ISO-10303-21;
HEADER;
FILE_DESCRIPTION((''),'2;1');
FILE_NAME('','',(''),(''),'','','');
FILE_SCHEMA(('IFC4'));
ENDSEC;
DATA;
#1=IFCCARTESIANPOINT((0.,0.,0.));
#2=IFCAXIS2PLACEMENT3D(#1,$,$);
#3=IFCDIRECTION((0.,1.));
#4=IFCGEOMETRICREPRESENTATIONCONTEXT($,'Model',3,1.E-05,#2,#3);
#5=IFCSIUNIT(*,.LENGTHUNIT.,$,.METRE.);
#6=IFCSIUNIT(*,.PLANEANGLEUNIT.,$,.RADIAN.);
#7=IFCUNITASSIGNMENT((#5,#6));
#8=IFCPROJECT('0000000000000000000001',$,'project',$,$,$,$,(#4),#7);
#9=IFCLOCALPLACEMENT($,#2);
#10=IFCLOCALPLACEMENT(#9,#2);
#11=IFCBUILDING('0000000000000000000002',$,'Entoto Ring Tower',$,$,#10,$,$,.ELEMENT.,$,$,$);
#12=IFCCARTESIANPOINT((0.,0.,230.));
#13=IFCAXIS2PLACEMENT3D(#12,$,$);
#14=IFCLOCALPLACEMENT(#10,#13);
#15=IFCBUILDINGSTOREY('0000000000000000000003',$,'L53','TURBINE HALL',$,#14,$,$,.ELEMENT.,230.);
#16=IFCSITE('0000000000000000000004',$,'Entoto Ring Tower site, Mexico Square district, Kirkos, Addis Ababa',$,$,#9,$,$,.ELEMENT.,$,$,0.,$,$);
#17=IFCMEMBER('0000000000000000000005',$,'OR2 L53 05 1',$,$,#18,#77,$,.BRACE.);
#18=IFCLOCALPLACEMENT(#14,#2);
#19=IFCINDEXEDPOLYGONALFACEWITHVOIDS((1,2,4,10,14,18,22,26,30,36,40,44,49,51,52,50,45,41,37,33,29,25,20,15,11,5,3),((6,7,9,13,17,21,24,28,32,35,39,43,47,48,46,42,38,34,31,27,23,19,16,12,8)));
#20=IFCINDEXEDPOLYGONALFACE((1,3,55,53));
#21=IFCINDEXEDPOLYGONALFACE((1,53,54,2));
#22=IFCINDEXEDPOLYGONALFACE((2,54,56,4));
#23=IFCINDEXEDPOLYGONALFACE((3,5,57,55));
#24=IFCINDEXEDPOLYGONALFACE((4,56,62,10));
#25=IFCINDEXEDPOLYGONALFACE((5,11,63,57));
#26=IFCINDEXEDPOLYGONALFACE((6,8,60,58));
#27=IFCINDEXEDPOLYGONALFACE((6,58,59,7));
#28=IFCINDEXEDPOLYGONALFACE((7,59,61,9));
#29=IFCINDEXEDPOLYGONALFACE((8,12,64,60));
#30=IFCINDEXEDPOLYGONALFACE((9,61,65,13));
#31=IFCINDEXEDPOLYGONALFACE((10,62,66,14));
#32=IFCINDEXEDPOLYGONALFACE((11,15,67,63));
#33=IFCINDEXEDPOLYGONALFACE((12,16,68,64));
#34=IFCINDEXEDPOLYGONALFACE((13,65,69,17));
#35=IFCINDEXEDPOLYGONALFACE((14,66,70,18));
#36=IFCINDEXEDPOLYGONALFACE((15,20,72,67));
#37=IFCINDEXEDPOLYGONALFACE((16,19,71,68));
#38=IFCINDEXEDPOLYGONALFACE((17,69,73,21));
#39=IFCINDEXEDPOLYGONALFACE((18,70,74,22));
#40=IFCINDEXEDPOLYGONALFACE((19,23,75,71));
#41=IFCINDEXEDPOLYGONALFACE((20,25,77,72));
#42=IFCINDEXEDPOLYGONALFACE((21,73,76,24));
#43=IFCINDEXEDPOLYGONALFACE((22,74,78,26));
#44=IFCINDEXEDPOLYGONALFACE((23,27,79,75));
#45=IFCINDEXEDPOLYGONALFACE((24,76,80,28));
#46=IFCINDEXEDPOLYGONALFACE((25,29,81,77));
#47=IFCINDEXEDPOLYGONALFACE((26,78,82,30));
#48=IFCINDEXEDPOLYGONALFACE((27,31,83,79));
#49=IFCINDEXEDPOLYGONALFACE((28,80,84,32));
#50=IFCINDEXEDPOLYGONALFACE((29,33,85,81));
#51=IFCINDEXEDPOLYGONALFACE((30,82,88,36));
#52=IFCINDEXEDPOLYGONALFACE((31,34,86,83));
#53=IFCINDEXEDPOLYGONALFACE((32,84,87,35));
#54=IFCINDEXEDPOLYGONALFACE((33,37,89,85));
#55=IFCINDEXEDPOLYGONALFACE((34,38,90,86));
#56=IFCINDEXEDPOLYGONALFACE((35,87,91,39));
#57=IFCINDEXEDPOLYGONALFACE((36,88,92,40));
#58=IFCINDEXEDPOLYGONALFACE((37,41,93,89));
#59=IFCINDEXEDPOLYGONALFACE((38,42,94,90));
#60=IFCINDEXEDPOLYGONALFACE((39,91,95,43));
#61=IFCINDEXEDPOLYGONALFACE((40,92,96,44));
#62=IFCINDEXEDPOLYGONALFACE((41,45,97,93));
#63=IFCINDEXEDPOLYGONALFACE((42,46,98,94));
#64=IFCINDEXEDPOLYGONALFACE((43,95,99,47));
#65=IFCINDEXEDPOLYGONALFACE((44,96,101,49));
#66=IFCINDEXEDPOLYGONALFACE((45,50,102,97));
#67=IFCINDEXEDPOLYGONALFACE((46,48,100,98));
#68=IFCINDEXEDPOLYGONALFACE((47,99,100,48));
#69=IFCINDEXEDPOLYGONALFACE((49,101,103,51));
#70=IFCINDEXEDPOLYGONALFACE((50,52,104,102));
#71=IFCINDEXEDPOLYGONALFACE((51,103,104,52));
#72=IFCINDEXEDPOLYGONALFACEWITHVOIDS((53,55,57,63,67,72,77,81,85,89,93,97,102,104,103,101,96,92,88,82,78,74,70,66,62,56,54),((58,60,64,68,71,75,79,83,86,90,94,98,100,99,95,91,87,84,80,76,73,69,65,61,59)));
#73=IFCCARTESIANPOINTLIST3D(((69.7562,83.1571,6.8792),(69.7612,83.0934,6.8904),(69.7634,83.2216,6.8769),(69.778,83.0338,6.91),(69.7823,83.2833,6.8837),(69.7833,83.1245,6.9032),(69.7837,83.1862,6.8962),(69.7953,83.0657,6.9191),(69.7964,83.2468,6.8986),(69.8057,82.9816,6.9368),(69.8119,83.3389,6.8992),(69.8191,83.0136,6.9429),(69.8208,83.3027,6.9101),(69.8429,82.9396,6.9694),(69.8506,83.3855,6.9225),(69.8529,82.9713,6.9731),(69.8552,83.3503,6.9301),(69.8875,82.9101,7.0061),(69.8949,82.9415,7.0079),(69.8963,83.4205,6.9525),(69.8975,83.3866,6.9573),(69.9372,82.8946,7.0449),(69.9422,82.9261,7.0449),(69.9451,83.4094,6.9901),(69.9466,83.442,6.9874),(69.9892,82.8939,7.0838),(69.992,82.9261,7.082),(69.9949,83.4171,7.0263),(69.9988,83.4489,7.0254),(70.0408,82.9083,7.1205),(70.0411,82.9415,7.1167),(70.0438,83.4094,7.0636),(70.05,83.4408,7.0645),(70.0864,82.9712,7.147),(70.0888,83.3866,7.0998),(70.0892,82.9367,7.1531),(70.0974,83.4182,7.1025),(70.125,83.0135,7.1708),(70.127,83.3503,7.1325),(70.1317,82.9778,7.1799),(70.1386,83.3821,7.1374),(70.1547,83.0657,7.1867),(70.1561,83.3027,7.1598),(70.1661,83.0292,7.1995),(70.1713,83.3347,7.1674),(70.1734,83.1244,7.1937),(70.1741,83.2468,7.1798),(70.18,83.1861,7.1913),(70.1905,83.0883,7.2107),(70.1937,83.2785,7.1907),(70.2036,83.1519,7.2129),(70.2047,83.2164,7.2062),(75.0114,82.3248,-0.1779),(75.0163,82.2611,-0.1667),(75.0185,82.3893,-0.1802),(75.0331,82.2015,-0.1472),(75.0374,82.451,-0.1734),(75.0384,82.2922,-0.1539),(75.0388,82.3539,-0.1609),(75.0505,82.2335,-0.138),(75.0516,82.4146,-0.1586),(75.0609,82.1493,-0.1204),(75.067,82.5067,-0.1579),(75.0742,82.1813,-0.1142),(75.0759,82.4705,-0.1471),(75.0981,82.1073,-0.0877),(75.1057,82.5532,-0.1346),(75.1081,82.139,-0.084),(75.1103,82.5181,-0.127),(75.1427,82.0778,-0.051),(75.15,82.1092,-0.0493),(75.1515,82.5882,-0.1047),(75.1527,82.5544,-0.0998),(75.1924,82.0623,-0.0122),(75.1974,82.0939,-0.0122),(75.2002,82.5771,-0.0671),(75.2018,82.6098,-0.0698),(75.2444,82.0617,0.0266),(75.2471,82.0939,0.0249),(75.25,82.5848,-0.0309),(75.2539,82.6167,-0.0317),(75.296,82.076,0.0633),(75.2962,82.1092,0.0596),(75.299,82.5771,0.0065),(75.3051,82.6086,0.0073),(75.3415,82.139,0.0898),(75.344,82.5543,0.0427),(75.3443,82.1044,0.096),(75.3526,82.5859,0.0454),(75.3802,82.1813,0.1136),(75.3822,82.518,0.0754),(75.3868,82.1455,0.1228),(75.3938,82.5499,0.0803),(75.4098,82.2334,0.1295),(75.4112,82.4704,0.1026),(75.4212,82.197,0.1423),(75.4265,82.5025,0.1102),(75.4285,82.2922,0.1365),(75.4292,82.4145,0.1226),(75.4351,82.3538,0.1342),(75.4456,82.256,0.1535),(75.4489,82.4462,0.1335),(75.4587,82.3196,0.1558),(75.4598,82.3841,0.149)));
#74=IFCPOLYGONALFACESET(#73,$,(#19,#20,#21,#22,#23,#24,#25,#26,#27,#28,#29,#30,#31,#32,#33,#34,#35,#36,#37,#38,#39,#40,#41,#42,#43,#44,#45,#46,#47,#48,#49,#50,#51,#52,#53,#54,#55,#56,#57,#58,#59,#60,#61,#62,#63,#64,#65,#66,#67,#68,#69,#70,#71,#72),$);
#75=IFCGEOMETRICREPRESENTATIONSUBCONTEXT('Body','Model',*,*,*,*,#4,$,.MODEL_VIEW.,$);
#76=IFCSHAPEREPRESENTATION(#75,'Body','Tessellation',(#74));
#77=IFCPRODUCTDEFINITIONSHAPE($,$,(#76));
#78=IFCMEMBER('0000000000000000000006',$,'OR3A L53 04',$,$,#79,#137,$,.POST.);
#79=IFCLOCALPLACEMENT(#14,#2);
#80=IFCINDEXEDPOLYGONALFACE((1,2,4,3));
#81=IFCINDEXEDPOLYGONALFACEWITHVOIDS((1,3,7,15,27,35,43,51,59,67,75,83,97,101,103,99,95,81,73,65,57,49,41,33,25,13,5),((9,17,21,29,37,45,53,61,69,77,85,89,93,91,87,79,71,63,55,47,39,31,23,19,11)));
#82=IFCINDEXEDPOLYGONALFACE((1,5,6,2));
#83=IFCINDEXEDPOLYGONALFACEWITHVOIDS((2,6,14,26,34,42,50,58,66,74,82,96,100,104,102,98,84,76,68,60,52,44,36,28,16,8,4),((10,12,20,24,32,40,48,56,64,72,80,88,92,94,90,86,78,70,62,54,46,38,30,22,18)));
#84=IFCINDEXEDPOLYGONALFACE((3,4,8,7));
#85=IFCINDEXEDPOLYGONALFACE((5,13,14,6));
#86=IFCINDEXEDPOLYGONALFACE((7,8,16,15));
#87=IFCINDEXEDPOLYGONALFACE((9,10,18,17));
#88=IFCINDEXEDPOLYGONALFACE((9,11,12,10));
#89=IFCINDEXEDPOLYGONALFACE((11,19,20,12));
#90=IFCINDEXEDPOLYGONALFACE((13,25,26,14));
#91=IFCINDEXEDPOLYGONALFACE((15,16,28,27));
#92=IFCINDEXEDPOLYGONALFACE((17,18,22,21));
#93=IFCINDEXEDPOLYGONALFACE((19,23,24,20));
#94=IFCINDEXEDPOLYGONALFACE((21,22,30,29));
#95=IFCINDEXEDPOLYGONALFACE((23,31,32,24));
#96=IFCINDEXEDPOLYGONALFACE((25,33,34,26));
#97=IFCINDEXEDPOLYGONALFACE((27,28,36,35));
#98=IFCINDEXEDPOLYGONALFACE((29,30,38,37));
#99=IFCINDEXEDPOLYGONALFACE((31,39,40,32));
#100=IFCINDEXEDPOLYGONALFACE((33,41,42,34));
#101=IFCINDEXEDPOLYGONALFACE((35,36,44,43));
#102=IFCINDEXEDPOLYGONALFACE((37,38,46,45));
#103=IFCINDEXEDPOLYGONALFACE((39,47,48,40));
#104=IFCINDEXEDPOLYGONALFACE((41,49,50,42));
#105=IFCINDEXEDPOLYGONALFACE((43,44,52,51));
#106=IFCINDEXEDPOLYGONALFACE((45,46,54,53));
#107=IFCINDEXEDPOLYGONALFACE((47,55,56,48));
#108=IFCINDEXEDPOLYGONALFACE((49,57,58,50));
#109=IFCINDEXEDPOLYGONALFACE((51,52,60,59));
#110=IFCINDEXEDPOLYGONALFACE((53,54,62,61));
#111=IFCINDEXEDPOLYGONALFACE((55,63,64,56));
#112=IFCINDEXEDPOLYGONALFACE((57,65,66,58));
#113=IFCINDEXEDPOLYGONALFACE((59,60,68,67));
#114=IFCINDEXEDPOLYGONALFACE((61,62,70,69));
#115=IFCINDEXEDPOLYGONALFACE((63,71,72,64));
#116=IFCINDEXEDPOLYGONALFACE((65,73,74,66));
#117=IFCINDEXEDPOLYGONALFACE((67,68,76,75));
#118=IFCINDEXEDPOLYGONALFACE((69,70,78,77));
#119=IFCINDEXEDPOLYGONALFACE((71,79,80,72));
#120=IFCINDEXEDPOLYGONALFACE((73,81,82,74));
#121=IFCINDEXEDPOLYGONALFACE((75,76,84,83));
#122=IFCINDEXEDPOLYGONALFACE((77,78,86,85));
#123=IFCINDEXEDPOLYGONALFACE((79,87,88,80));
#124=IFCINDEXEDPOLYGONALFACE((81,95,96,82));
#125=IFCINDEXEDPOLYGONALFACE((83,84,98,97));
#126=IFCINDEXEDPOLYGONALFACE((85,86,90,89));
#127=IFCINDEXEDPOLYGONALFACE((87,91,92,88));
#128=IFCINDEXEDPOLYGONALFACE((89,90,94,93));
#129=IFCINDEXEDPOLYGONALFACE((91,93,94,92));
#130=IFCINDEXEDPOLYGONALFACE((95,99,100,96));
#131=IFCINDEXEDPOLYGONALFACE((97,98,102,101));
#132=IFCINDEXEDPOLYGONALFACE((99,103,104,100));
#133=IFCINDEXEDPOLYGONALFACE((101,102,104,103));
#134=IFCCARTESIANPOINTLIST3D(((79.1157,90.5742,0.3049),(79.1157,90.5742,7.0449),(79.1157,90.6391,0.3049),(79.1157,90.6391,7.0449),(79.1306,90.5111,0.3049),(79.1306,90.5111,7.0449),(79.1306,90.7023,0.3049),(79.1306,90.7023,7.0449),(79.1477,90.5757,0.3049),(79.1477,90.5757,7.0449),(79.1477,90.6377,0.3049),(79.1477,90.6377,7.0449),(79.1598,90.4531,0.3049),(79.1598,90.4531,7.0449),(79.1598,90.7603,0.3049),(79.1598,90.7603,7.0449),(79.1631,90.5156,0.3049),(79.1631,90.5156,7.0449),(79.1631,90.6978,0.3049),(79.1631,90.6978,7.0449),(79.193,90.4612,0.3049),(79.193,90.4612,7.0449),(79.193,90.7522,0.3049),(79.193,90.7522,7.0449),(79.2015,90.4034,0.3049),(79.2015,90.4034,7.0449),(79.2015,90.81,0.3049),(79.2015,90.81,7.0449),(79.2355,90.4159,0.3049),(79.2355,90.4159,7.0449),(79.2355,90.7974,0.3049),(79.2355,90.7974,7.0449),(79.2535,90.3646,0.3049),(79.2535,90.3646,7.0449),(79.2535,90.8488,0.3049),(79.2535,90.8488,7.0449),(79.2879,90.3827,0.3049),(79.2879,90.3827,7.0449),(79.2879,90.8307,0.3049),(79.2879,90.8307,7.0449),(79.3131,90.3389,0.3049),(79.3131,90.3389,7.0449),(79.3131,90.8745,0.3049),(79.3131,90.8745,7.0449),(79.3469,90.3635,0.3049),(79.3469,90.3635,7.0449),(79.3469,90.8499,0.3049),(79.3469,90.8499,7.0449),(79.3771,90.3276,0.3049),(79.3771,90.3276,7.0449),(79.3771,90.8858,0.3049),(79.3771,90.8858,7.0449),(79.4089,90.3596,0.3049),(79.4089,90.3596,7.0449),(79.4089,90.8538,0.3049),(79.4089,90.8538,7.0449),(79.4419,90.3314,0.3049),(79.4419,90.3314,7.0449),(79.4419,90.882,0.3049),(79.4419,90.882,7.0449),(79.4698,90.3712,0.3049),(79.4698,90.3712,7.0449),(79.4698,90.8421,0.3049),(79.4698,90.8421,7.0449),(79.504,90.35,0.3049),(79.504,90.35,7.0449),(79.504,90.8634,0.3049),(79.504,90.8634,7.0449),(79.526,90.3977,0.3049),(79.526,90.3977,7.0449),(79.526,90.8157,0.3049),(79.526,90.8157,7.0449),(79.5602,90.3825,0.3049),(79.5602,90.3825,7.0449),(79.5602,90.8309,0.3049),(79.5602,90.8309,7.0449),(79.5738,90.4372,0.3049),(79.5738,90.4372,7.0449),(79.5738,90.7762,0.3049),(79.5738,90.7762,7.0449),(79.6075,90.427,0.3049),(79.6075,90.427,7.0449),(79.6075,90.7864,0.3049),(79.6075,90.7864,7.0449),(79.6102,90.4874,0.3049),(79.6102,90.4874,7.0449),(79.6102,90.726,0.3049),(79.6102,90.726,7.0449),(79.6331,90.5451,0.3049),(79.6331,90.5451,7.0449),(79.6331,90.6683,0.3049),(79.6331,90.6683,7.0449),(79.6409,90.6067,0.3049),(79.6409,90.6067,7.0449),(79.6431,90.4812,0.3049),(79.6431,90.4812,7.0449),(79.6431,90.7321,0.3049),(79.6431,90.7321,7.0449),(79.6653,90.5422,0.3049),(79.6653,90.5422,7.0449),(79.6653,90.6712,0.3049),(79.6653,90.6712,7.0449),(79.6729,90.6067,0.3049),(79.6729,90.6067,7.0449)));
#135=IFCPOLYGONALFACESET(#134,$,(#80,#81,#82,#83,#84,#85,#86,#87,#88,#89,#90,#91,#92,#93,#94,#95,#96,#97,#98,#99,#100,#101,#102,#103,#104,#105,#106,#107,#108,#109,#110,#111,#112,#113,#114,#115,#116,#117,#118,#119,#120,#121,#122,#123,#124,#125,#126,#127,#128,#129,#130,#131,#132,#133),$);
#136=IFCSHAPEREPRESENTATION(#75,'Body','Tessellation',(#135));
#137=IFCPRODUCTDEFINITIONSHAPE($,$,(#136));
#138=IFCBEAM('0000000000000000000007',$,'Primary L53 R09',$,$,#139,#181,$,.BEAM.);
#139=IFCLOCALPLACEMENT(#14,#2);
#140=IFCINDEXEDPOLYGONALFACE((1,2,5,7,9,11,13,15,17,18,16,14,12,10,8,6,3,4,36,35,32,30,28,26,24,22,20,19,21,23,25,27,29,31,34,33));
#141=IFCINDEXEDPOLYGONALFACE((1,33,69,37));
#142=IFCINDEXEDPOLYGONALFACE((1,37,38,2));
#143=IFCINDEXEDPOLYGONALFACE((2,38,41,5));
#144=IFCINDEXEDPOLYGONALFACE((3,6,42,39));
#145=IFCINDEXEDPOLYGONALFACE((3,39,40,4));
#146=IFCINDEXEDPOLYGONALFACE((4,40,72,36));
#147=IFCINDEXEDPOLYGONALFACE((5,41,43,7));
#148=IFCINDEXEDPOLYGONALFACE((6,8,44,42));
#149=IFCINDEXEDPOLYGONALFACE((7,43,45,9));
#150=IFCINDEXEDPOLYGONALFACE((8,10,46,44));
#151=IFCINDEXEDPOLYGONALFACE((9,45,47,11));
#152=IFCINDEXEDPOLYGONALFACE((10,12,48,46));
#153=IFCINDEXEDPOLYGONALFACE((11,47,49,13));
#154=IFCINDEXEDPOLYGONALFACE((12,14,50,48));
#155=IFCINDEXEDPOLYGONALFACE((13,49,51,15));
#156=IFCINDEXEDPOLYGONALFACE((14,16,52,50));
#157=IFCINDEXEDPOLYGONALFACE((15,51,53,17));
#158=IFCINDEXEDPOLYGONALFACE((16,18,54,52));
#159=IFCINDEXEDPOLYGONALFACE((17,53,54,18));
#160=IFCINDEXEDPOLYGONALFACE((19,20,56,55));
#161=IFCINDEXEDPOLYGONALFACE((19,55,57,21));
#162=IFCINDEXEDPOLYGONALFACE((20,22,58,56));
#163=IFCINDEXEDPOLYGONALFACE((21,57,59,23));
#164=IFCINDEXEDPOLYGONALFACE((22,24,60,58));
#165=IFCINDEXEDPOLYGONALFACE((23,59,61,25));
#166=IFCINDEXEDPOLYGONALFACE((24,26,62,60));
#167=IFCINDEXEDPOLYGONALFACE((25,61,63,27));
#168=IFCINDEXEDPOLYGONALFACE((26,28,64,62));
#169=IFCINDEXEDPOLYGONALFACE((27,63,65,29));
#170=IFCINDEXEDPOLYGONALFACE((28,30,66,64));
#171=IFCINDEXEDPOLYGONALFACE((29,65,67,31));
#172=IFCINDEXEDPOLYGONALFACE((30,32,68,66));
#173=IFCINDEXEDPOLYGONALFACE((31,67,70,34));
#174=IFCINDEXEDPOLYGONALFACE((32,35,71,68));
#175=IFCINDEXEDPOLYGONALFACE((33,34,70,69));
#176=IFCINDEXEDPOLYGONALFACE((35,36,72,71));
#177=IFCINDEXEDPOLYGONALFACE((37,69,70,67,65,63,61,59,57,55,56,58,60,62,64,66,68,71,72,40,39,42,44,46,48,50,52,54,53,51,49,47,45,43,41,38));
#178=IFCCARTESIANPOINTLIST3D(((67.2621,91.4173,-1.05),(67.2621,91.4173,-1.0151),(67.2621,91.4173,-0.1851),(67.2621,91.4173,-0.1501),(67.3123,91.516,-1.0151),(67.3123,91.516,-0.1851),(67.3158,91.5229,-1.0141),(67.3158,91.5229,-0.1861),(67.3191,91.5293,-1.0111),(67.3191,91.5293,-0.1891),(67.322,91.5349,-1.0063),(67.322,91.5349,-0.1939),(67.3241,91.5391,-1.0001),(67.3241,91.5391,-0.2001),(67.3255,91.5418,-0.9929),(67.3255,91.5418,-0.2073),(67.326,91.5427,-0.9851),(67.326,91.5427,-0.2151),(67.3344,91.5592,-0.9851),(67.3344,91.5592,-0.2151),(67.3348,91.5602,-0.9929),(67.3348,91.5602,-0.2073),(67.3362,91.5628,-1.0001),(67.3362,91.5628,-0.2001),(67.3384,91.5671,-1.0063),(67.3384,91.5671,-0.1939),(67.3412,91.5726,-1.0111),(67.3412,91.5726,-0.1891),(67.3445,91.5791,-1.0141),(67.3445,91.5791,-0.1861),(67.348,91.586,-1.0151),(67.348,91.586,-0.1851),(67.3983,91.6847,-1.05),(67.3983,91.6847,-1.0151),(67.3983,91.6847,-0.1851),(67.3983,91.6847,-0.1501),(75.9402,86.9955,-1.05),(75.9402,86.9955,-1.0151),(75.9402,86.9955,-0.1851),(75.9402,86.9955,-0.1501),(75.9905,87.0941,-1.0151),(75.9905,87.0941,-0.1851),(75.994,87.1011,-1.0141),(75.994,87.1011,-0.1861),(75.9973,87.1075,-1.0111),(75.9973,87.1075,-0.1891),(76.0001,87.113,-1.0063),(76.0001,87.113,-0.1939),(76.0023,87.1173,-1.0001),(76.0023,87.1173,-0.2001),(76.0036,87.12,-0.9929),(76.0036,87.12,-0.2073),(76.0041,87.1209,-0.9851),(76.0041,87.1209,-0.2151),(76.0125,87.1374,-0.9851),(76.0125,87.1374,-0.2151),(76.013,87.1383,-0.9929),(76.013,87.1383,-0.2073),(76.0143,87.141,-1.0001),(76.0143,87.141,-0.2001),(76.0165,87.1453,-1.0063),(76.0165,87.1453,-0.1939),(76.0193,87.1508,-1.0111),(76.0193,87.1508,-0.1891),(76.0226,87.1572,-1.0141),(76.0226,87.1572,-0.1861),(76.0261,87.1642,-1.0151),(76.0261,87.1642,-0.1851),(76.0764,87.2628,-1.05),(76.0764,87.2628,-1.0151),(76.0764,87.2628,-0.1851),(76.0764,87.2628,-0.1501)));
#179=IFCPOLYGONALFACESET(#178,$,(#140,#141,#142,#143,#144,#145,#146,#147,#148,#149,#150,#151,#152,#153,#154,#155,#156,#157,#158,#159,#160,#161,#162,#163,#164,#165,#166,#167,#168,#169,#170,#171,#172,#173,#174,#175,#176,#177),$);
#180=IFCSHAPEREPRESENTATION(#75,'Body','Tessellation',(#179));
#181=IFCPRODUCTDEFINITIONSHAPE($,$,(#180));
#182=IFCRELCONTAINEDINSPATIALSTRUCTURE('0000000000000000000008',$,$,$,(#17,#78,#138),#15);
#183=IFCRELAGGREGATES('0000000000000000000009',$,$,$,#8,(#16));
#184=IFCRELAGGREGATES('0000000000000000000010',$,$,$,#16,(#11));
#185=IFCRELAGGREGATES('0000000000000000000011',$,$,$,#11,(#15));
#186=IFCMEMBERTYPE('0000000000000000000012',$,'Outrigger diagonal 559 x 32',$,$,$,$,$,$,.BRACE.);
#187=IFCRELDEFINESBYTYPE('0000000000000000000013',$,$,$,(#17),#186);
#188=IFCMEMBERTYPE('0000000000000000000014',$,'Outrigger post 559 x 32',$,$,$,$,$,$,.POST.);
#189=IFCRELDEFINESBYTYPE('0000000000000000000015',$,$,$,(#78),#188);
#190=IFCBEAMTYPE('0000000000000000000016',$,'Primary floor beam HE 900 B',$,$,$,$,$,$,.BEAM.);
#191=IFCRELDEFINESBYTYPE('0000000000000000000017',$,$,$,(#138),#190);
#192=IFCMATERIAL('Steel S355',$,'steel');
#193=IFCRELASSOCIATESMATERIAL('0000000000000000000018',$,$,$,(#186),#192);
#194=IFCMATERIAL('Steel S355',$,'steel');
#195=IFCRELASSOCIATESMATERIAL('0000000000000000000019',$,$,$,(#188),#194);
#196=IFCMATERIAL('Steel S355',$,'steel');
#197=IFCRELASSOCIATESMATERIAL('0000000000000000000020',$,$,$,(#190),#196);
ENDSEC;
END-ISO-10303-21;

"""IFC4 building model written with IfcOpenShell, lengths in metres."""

from ifc_helpers import new_model, si_unit, direction, frame, origin, origin_2d, place, context, subcontext, project, spatial, circle, hollow_circle, i_section, extrude, material, material_profile, profile_set, type_object, element, save


model = new_model("IFC4")

# Units and contexts
model_context = context("Model", 3, precision=1e-05, world=origin(), true_north=direction((0.0, 1.0)))
body_context = subcontext(model_context, "Body", "Model", "MODEL_VIEW")
ifc_project = project(units=[si_unit("LENGTHUNIT", "METRE"), si_unit("PLANEANGLEUNIT", "RADIAN")], contexts=[model_context])

# Site, building, storey
site_placement = place(None, origin())
site = spatial("IfcSite", under=ifc_project, at=site_placement, Name="Entoto Ring Tower site, Mexico Square district, Kirkos, Addis Ababa", CompositionType="ELEMENT", RefElevation=0.0)
building_placement = place(site_placement, origin())
building = spatial("IfcBuilding", under=site, at=building_placement, Name="Entoto Ring Tower", CompositionType="ELEMENT")
storey_placement = place(building_placement, frame((0.0, 0.0, 230.0)))
storey = spatial("IfcBuildingStorey", under=building, at=storey_placement, Name="L53", Description="TURBINE HALL", CompositionType="ELEMENT", Elevation=230.0)

# Members
ifc_material_1 = material(Name="Steel S355", Category="steel")
ifc_material_profile_1 = material_profile(ifc_material_1, hollow_circle(Radius=0.2795, WallThickness=0.032, at=origin_2d()), Name="CHS 559 x 32")
ifc_material_2 = material(Name="Concrete C60/75", Category="concrete")
ifc_material_profile_2 = material_profile(ifc_material_2, circle(Radius=0.2476, at=origin_2d()), Name="Concrete C60/75 infill")
ifc_profile_set_1 = profile_set([ifc_material_profile_1, ifc_material_profile_2], Name="Steel S355")
member_type_1 = type_object("IfcMemberType", Name="Outrigger diagonal 559 x 32", PredefinedType="BRACE", material=ifc_profile_set_1)
member_1_placement = place(storey_placement, frame((75.2361, 82.3384, -0.0122), z_axis=(-0.594599, 0.094169, 0.798489), x_axis=(-0.156424, -0.98769, 0.0)))
element("IfcMember", 1, at=member_1_placement, inside=storey, type_object=member_type_1, Name="OR2 L53 05 1", PredefinedType="BRACE", context=body_context, shape_type="SweptSolid", body=[
    extrude(hollow_circle(Radius=0.2795, WallThickness=0.032, at=origin_2d()), origin(), (0.0, 0.0, 1.0), 8.8381),
])
ifc_material_3 = material(Name="Steel S355", Category="steel")
ifc_material_profile_3 = material_profile(ifc_material_3, hollow_circle(Radius=0.2795, WallThickness=0.032, at=origin_2d()), Name="CHS 559 x 32")
ifc_material_4 = material(Name="Concrete C60/75", Category="concrete")
ifc_material_profile_4 = material_profile(ifc_material_4, circle(Radius=0.2476, at=origin_2d()), Name="Concrete C60/75 infill")
ifc_profile_set_2 = profile_set([ifc_material_profile_3, ifc_material_profile_4], Name="Steel S355")
member_type_2 = type_object("IfcMemberType", Name="Outrigger post 559 x 32", PredefinedType="POST", material=ifc_profile_set_2)
member_2_placement = place(storey_placement, frame((79.3933, 90.6067, 0.3049), z_axis=(0.0, 0.0, 1.0), x_axis=(1.0, 0.0, 0.0)))
element("IfcMember", 2, at=member_2_placement, inside=storey, type_object=member_type_2, Name="OR3A L53 04", PredefinedType="POST", context=body_context, shape_type="SweptSolid", body=[
    extrude(hollow_circle(Radius=0.2795, WallThickness=0.032, at=origin_2d()), origin(), (0.0, 0.0, 1.0), 6.74),
])

# Beam
ifc_material_5 = material(Name="Steel S355", Category="steel")
ifc_material_profile_5 = material_profile(ifc_material_5, i_section(OverallWidth=0.3, OverallDepth=0.8999, WebThickness=0.0186, FlangeThickness=0.0349, FilletRadius=0.03, at=origin_2d()), Name="HE 900 B")
ifc_profile_set_3 = profile_set([ifc_material_profile_5], Name="Steel S355")
beam_type_1 = type_object("IfcBeamType", Name="Primary floor beam HE 900 B", PredefinedType="BEAM", material=ifc_profile_set_3)
beam_1_placement = place(storey_placement, frame((76.0083, 87.1292, -0.6001), z_axis=(-0.891002, 0.453999, 0.0), x_axis=(-0.453999, -0.891002, 0.0)))
element("IfcBeam", 3, at=beam_1_placement, inside=storey, type_object=beam_type_1, Name="Primary L53 R09", PredefinedType="BEAM", context=body_context, shape_type="SweptSolid", body=[
    extrude(i_section(OverallWidth=0.3, OverallDepth=0.8999, WebThickness=0.0186, FlangeThickness=0.0349, FilletRadius=0.03, at=origin_2d()), origin(), (0.0, 0.0, 1.0), 9.7397),
])

save(model, "model.ifc")
